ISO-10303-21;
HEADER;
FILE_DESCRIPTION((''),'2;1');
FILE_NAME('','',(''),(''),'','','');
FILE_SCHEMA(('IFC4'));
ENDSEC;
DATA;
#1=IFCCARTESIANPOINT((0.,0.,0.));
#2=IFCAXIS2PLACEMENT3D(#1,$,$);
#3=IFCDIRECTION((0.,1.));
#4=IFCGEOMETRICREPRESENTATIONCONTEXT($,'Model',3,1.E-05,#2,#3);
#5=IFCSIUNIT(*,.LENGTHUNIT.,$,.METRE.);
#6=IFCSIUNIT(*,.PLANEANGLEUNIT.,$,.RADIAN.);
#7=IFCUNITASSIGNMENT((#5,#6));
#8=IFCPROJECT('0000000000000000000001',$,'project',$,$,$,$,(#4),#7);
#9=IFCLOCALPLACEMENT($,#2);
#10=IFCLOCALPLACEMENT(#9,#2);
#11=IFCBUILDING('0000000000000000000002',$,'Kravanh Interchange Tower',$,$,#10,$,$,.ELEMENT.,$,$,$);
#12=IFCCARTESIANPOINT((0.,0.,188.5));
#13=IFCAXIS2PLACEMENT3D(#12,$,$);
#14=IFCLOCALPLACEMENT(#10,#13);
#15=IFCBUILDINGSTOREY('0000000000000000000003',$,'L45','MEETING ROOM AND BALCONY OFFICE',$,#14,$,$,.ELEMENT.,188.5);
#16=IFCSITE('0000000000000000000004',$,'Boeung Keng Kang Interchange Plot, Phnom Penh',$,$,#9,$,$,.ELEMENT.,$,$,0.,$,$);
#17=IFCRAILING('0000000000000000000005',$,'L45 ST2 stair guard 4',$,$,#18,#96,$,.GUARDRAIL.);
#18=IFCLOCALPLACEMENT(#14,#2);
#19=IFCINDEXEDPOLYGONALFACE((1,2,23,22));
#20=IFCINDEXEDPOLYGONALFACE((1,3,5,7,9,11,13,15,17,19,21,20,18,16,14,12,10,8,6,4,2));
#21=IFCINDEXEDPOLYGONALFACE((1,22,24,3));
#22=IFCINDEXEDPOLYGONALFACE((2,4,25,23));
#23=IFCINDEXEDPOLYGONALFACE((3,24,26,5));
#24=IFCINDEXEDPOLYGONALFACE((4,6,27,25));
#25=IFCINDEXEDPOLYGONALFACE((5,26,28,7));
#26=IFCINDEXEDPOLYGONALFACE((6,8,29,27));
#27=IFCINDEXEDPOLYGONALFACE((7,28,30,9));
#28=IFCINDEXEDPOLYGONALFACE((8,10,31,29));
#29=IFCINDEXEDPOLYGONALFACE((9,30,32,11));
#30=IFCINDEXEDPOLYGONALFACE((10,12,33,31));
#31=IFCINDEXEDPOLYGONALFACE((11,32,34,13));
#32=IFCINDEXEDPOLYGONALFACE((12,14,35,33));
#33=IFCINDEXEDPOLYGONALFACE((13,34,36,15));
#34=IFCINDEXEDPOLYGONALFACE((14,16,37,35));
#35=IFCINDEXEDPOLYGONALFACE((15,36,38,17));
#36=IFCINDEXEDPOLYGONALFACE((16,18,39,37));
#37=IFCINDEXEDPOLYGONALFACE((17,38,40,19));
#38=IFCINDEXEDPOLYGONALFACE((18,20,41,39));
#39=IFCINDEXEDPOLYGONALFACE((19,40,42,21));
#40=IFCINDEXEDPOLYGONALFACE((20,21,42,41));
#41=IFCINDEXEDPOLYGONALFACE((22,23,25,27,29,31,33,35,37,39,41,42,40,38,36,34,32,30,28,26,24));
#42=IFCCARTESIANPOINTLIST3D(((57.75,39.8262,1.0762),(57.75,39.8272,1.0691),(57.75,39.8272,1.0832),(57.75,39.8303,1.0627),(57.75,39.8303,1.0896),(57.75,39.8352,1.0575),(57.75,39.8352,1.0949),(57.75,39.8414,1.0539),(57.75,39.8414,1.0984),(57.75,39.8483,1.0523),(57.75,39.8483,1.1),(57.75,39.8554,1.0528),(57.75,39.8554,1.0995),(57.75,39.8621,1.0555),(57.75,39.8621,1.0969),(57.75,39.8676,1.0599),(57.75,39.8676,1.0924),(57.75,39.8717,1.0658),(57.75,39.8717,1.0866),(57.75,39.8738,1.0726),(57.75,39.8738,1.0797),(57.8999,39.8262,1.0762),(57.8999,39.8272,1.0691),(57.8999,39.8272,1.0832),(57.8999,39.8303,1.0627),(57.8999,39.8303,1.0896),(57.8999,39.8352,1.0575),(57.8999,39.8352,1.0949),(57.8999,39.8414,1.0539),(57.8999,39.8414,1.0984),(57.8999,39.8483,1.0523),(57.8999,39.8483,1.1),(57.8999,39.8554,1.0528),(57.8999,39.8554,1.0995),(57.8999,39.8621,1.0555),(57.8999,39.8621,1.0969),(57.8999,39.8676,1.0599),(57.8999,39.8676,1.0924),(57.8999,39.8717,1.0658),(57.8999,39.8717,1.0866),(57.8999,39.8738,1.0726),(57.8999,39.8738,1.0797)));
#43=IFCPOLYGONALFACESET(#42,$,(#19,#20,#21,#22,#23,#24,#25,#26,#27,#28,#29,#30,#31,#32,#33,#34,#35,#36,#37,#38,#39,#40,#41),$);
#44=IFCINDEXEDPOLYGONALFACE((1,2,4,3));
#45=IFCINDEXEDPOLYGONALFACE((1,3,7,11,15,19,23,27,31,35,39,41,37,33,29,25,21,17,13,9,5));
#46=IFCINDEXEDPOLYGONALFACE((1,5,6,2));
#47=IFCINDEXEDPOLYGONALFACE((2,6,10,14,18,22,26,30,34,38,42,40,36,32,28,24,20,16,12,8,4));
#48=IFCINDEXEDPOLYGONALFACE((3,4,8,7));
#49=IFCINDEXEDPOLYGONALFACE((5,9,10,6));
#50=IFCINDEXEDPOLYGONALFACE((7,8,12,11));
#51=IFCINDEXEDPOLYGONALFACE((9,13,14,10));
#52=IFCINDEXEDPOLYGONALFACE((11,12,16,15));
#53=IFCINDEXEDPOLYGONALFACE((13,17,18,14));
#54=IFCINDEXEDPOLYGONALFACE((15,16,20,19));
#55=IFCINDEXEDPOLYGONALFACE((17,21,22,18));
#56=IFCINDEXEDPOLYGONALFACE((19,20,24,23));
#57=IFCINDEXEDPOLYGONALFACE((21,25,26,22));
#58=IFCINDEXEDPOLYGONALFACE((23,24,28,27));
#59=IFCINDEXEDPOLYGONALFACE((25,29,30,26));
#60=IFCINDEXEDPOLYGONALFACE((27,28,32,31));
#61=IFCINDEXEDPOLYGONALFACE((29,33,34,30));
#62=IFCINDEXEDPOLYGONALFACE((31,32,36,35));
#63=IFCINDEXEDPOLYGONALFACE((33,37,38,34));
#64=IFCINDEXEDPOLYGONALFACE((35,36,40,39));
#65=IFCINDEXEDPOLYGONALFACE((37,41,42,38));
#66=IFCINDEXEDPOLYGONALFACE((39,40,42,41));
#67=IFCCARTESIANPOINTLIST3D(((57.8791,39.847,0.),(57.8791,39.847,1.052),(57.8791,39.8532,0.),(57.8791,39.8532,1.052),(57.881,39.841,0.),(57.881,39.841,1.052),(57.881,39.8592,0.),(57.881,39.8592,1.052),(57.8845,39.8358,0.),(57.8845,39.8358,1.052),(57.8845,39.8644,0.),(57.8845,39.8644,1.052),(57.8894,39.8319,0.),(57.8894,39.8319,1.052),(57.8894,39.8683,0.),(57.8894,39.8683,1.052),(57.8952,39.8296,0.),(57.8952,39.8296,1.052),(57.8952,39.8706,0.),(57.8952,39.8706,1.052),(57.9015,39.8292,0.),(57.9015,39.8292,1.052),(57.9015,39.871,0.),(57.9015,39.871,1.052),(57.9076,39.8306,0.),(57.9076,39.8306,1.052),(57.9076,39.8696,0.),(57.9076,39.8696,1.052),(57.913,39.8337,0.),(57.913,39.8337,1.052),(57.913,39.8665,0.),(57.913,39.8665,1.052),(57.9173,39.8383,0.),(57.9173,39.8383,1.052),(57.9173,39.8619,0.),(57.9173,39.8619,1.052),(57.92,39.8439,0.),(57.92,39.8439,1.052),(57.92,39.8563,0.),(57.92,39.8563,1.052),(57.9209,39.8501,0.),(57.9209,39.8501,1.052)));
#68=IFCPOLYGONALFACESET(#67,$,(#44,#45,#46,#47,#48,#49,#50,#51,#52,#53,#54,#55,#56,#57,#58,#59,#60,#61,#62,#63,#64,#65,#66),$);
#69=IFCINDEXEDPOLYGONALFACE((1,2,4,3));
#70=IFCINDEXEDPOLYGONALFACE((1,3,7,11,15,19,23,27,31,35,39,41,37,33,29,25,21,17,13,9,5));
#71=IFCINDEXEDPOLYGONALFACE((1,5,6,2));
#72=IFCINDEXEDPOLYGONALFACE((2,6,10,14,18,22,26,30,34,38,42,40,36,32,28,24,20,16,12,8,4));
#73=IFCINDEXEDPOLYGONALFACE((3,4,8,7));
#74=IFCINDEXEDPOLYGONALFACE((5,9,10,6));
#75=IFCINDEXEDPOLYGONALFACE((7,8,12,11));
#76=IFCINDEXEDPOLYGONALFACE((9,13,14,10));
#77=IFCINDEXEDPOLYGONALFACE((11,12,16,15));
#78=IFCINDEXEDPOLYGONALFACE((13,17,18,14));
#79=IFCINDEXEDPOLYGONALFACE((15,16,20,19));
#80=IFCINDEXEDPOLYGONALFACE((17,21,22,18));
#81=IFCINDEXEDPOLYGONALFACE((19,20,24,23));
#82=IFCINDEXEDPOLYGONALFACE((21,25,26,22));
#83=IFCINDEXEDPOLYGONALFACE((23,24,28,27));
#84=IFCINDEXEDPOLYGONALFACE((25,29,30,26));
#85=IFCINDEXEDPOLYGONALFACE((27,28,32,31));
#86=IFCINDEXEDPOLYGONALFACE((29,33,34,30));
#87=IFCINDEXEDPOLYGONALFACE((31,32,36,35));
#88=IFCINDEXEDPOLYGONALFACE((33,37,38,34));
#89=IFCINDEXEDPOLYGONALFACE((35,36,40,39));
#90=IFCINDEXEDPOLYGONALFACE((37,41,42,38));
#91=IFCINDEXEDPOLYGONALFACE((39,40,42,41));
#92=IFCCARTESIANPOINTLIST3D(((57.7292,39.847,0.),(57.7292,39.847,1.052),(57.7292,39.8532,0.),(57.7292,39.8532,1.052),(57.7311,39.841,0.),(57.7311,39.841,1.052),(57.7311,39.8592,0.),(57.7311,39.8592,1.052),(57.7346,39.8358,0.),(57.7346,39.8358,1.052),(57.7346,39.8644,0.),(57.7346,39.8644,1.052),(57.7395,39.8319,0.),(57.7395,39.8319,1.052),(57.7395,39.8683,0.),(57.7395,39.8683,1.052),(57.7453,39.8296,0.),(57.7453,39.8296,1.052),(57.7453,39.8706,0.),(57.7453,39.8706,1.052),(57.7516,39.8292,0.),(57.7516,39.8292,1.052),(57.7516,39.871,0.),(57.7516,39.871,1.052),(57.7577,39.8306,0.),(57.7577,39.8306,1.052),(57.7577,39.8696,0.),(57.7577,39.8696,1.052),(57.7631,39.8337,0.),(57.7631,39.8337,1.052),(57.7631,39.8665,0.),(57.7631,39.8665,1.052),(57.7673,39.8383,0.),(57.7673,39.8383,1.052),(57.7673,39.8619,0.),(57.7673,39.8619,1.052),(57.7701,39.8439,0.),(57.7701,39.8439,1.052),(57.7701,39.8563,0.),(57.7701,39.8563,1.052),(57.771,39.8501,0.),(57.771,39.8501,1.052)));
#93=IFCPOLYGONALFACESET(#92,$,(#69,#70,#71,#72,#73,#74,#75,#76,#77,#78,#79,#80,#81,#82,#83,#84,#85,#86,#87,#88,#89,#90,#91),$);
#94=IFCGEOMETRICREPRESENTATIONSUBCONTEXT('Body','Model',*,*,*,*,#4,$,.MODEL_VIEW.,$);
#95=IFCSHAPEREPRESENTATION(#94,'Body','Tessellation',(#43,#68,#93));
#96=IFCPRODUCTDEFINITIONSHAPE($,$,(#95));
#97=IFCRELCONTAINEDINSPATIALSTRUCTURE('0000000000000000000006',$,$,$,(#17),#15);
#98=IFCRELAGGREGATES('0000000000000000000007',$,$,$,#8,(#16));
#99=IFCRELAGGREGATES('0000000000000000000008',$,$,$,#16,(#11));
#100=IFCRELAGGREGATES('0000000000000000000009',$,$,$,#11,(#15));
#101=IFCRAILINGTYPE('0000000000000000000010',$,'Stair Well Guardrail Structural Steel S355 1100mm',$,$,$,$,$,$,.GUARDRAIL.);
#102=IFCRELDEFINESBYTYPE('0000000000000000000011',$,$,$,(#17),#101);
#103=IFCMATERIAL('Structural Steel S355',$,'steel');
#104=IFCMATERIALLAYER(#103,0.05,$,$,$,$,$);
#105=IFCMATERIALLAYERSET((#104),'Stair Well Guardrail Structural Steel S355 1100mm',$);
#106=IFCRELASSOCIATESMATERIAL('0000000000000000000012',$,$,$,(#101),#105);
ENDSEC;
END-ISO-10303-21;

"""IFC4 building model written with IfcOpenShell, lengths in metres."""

from ifc_helpers import new_model, si_unit, direction, frame, origin, origin_2d, place, context, subcontext, project, spatial, circle, extrude, material, layer, layer_set, type_object, element, save


model = new_model("IFC4")

# Units and contexts
model_context = context("Model", 3, precision=1e-05, world=origin(), true_north=direction((0.0, 1.0)))
body_context = subcontext(model_context, "Body", "Model", "MODEL_VIEW")
ifc_project = project(units=[si_unit("LENGTHUNIT", "METRE"), si_unit("PLANEANGLEUNIT", "RADIAN")], contexts=[model_context])

# Site, building, storey
site_placement = place(None, origin())
site = spatial("IfcSite", under=ifc_project, at=site_placement, Name="Boeung Keng Kang Interchange Plot, Phnom Penh", CompositionType="ELEMENT", RefElevation=0.0)
building_placement = place(site_placement, origin())
building = spatial("IfcBuilding", under=site, at=building_placement, Name="Kravanh Interchange Tower", CompositionType="ELEMENT")
storey_placement = place(building_placement, frame((0.0, 0.0, 188.5)))
storey = spatial("IfcBuildingStorey", under=building, at=storey_placement, Name="L45", Description="MEETING ROOM AND BALCONY OFFICE", CompositionType="ELEMENT", Elevation=188.5)

# Railing
ifc_material_1 = material(Name="Structural Steel S355", Category="steel")
ifc_layer_1 = layer(ifc_material_1, 0.05)
ifc_layer_set_1 = layer_set([ifc_layer_1], Name="Stair Well Guardrail Structural Steel S355 1100mm")
railing_type_1 = type_object("IfcRailingType", Name="Stair Well Guardrail Structural Steel S355 1100mm", PredefinedType="GUARDRAIL", material=ifc_layer_set_1)
for number, where, name in (
    (1, (57.8999, 39.8501, 0.0), "L45 ST2 stair guard 4"),
):
    element("IfcRailing", number, at=place(storey_placement, frame(where)), inside=storey, type_object=railing_type_1, Name=name, PredefinedType="GUARDRAIL", context=body_context, shape_type="SweptSolid", body=[
        extrude(circle(Radius=0.0239, at=origin_2d()), frame((0.0, 0.0, 1.0762), z_axis=(-1.0, 0.0, 0.0), x_axis=(0.0, -1.0, 0.0)), (0.0, 0.0, 1.0), 0.1499),
        extrude(circle(Radius=0.021, at=origin_2d()), origin(), (0.0, 0.0, 1.0), 1.052),
        extrude(circle(Radius=0.021, at=origin_2d()), frame((-0.1499, 0.0, 0.0)), (0.0, 0.0, 1.0), 1.052),
    ])

save(model, "model.ifc")
